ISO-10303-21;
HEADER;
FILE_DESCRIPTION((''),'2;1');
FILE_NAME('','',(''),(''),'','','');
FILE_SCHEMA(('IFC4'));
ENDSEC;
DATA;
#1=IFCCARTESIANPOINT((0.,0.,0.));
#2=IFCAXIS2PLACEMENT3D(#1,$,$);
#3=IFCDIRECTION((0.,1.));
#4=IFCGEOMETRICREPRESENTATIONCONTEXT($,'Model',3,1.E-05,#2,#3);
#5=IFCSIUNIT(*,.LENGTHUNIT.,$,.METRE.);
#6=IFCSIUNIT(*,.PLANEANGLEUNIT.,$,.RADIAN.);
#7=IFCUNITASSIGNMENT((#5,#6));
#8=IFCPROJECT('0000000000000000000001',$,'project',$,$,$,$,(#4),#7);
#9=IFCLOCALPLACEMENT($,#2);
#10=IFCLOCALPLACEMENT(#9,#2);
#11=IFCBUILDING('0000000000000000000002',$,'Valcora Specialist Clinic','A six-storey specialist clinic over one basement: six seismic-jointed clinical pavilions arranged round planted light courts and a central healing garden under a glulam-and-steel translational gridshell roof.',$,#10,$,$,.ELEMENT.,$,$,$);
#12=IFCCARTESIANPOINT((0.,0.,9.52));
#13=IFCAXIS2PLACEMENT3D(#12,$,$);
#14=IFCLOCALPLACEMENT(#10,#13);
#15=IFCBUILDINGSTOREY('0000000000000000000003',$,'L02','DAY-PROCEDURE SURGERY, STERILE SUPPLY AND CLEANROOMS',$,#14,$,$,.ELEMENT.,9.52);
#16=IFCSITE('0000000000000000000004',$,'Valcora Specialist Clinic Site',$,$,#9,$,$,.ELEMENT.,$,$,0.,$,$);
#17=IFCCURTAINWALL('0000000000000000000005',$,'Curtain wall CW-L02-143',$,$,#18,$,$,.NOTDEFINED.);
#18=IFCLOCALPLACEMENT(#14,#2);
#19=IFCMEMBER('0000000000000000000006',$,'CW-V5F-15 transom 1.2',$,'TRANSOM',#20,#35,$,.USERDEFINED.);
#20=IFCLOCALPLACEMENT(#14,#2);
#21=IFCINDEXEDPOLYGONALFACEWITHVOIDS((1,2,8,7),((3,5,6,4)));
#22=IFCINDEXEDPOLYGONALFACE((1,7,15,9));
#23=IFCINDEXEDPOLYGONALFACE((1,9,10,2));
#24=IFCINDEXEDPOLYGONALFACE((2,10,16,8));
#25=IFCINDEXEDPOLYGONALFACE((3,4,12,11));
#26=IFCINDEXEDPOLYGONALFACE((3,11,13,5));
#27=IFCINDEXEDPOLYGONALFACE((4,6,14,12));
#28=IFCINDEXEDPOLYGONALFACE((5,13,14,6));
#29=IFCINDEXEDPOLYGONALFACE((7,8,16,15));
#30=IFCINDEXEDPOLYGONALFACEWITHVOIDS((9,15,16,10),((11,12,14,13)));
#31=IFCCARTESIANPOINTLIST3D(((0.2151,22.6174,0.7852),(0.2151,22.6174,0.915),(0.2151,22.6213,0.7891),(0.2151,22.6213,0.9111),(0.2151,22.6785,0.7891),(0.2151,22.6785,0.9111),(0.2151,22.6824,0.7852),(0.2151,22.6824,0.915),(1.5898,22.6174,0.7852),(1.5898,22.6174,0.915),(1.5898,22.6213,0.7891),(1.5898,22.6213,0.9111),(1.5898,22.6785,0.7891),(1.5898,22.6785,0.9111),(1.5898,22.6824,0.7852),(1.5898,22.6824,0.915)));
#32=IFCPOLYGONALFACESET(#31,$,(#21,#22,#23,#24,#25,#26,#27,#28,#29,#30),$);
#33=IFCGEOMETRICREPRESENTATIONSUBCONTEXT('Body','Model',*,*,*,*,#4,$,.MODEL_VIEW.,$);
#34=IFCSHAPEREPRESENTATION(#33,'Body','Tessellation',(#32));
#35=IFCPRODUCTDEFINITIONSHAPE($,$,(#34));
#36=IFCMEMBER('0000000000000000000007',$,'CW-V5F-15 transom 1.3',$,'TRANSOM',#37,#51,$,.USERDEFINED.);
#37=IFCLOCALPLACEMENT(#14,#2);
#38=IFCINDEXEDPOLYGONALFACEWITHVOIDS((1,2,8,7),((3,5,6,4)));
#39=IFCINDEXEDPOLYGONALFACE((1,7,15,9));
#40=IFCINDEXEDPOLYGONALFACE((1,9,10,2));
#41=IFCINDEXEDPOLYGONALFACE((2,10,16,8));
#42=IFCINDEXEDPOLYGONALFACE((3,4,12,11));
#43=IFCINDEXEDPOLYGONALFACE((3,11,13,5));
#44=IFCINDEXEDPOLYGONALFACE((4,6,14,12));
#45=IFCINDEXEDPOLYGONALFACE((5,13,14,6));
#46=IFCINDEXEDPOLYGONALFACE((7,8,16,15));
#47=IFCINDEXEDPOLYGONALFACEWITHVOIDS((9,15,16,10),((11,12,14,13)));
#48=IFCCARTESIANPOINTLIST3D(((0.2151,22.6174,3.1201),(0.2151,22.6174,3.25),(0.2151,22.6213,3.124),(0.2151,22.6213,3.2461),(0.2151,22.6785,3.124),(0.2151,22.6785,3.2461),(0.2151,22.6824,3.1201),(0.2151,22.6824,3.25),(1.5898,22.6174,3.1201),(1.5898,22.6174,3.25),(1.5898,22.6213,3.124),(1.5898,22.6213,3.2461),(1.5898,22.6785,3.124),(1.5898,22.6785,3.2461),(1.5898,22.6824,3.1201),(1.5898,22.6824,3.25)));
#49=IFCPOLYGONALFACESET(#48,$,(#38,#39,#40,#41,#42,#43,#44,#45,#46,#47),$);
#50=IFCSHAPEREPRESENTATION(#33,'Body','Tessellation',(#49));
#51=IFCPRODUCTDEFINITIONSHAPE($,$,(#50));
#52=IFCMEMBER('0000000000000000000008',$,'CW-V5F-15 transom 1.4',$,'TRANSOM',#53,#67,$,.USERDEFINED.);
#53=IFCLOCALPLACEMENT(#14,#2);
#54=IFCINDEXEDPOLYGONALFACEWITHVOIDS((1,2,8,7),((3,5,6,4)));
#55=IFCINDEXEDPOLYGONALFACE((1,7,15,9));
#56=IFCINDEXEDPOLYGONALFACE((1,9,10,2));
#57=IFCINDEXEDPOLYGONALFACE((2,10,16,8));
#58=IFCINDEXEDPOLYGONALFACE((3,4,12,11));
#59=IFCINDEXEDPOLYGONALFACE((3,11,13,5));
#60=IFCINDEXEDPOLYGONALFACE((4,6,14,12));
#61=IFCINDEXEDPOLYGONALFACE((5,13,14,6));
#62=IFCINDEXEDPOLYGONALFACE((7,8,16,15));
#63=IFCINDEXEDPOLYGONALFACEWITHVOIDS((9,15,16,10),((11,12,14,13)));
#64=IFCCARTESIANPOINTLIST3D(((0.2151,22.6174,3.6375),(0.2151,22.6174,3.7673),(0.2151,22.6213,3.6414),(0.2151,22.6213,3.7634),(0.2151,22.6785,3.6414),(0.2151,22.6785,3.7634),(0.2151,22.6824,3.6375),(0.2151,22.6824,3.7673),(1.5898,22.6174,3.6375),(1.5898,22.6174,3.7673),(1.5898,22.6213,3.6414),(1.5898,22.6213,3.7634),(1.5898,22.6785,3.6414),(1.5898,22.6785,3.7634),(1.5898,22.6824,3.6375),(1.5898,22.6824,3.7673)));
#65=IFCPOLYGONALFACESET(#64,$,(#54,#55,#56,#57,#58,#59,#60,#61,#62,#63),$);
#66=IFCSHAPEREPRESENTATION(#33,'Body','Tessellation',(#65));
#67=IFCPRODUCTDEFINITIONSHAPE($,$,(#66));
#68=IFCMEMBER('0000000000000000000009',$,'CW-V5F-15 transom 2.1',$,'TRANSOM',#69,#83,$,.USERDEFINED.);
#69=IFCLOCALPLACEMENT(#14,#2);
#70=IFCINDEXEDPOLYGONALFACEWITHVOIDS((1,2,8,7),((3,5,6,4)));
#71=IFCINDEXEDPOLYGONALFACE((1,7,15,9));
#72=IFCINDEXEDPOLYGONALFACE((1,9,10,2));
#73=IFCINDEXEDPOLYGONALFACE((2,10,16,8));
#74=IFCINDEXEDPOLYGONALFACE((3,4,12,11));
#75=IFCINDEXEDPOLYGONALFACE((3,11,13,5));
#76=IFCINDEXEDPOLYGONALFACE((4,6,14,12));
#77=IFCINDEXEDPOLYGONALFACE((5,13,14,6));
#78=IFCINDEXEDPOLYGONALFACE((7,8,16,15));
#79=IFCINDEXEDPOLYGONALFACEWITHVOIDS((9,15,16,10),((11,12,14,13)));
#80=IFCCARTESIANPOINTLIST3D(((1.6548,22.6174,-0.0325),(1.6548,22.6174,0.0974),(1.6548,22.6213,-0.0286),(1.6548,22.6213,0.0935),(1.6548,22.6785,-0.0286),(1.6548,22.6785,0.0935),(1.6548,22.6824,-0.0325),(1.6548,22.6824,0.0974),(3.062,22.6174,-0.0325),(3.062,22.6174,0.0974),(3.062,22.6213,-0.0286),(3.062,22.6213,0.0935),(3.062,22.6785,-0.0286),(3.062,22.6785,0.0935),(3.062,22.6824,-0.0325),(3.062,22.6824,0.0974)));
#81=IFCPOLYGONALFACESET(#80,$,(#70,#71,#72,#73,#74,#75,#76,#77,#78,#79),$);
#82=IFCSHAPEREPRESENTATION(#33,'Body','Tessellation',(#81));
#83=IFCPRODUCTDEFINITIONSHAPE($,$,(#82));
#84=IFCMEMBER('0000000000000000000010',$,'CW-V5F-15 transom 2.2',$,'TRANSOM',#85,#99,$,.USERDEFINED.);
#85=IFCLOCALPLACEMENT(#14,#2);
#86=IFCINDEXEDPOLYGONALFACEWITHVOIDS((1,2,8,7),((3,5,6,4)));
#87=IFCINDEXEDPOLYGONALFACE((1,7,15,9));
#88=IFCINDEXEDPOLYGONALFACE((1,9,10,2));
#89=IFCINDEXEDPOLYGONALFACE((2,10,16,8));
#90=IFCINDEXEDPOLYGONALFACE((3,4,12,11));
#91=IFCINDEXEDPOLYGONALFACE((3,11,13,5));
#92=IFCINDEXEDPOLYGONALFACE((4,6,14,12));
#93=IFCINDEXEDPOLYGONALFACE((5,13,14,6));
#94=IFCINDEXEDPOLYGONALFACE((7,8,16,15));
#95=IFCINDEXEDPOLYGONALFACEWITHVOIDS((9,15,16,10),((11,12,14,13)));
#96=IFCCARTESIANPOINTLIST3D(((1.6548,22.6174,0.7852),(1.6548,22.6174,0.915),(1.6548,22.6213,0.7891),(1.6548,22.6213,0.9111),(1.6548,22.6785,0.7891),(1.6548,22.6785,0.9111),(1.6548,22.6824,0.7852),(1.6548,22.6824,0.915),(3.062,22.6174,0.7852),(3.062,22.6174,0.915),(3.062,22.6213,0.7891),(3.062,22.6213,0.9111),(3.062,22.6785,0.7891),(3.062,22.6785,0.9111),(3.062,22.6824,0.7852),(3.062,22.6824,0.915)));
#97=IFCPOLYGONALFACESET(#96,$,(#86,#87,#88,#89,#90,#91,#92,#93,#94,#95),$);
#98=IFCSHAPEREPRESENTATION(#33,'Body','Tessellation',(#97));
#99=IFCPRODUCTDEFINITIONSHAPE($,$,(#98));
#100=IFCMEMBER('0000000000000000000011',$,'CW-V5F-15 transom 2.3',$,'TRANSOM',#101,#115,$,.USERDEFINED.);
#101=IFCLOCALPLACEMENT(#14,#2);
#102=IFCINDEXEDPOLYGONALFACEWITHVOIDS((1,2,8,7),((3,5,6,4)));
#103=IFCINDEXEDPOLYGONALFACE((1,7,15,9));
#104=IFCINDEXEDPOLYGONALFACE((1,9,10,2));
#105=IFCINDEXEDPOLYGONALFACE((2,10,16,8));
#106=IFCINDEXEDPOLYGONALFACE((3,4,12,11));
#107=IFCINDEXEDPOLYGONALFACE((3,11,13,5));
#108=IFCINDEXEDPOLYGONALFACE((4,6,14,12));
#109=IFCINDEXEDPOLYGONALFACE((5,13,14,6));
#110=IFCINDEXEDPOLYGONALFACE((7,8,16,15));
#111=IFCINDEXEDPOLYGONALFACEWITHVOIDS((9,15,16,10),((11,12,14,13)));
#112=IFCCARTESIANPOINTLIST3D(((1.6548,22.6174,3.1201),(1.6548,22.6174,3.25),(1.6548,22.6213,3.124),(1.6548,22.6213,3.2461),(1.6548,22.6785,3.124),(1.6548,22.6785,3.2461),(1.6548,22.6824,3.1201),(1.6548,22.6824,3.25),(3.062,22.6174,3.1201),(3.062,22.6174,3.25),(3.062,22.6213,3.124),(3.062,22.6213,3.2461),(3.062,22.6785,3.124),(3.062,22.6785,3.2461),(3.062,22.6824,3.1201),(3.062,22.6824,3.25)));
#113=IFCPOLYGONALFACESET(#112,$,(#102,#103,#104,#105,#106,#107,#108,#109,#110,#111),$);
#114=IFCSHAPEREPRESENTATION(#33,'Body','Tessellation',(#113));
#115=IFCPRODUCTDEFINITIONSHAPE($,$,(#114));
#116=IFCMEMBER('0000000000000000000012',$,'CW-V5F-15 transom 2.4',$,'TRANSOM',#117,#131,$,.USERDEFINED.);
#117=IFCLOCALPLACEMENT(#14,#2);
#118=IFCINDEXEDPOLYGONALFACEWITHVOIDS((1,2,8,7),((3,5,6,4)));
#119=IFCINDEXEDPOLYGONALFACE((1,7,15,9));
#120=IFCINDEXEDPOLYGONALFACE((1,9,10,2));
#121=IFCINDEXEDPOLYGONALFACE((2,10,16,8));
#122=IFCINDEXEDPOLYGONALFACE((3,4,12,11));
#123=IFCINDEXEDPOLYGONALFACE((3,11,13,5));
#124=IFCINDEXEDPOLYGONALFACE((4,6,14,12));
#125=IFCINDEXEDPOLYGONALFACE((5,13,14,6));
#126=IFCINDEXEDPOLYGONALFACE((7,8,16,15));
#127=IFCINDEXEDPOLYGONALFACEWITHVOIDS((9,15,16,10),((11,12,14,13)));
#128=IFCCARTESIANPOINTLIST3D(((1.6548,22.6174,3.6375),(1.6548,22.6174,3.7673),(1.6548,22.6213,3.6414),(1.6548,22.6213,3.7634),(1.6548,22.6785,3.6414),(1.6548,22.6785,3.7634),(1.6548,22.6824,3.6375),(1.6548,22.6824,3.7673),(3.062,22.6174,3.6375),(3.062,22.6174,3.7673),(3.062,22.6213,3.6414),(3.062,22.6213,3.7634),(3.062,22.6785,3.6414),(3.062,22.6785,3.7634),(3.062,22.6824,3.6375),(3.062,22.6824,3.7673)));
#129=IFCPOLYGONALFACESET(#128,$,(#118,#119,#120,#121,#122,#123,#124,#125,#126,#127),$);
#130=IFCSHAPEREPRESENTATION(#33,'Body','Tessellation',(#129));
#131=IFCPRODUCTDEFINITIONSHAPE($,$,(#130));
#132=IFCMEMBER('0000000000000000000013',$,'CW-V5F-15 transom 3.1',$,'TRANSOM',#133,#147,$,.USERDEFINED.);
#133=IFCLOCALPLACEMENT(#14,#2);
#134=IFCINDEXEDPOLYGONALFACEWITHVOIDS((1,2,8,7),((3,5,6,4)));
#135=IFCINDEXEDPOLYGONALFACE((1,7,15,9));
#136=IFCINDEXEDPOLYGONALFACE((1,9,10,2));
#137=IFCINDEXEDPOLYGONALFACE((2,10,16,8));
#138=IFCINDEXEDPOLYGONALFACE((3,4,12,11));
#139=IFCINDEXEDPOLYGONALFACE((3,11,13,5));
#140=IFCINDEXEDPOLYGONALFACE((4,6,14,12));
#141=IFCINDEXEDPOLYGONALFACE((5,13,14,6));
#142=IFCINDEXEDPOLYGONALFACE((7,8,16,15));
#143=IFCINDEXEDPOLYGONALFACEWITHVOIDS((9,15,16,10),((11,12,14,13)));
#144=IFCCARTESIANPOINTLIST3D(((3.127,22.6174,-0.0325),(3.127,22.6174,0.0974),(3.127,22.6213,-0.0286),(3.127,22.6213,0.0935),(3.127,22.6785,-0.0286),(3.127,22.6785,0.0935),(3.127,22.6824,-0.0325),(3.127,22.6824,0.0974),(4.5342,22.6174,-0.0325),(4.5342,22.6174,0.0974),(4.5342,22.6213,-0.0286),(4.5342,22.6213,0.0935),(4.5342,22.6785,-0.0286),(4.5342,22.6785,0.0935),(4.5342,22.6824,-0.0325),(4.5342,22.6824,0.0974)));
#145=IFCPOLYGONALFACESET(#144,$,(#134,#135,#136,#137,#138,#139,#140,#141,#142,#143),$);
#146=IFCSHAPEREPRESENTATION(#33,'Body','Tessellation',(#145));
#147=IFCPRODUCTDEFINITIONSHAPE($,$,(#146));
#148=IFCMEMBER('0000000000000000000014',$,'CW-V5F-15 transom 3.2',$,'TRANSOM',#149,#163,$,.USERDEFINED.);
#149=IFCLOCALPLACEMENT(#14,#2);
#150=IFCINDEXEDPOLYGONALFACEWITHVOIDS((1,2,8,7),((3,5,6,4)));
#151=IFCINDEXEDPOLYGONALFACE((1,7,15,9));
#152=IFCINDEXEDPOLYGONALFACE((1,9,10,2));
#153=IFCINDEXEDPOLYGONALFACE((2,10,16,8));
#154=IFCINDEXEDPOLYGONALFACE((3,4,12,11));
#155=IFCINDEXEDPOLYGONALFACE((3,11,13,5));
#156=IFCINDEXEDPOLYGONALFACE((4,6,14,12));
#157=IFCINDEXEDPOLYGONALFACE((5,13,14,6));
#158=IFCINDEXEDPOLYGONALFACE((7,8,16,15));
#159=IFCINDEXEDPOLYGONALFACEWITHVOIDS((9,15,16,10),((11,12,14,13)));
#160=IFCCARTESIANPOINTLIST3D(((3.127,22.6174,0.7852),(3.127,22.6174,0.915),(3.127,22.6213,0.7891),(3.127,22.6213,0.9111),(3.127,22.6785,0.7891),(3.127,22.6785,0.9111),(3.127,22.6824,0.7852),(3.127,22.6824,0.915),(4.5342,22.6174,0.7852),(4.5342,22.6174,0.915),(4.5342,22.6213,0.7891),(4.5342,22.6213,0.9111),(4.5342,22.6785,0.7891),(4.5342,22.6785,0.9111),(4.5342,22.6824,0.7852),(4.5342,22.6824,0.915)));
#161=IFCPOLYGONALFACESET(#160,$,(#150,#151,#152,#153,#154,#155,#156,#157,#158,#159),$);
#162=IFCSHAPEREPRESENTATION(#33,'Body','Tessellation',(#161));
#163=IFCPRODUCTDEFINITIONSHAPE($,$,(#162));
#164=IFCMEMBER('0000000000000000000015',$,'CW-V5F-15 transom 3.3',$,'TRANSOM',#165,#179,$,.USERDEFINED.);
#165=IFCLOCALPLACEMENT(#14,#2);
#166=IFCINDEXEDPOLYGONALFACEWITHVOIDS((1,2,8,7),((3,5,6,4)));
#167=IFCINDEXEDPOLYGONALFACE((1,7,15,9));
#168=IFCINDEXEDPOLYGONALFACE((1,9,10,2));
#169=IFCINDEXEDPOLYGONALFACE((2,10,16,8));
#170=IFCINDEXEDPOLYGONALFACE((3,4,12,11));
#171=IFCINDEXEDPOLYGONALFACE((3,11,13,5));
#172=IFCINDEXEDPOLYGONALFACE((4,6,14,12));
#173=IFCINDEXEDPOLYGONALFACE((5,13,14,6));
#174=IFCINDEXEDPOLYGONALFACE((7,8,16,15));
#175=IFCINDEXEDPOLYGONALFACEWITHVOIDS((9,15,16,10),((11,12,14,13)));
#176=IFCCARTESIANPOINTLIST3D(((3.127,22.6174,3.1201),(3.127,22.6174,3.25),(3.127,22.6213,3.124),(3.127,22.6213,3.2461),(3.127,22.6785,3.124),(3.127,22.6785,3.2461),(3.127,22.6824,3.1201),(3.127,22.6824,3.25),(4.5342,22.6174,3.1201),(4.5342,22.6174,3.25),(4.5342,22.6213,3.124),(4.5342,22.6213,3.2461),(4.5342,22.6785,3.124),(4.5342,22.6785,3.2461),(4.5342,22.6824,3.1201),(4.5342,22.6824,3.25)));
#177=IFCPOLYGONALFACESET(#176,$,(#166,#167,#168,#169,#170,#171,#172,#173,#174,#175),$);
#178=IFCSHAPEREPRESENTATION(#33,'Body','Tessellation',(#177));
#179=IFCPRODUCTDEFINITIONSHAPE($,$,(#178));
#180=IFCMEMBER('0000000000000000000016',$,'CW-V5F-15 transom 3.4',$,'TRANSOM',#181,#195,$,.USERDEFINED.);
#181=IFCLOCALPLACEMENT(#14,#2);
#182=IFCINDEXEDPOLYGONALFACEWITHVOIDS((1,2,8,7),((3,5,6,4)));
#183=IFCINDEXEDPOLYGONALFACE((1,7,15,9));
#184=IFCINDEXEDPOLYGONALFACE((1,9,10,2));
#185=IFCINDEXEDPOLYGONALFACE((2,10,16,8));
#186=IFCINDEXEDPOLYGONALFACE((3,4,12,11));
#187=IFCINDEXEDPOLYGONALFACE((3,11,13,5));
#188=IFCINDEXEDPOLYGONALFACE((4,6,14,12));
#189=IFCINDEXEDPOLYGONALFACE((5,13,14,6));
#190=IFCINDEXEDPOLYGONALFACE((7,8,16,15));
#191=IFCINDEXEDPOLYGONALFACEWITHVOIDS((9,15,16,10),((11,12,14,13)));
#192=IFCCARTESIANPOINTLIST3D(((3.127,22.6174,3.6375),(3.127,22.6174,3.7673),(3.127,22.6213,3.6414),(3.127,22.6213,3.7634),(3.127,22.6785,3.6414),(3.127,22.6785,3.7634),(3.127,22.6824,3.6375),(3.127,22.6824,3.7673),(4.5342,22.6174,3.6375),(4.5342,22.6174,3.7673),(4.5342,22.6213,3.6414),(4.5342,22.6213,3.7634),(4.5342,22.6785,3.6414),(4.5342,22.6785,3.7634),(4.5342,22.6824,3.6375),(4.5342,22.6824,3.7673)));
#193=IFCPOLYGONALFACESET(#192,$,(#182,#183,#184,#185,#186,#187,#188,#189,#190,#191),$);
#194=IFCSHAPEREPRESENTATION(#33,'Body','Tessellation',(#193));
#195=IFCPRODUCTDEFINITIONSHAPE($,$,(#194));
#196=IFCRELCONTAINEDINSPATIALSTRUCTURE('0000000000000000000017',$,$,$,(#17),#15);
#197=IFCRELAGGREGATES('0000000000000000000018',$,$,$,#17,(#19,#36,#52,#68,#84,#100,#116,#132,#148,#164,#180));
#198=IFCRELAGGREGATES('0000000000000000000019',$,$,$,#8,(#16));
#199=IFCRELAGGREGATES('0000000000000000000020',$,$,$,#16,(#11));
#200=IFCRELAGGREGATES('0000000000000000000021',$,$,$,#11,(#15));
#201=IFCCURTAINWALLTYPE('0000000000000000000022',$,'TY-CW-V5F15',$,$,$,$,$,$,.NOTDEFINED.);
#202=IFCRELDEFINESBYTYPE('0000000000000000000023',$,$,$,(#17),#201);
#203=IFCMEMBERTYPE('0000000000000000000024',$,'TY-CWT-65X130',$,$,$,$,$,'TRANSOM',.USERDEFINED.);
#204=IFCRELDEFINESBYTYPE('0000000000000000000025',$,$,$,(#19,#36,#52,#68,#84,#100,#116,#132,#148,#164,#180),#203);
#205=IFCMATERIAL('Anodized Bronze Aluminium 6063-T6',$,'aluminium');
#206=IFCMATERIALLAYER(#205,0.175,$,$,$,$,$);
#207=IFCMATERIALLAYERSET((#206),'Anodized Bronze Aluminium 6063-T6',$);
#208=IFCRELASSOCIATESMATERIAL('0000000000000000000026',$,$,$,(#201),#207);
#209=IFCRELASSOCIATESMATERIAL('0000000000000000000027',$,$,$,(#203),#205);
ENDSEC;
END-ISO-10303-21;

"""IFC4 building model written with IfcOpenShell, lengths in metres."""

from ifc_helpers import new_model, si_unit, direction, frame, origin, origin_2d, place, context, subcontext, project, spatial, hollow_rectangle, extrude, material, layer, layer_set, material_profile, profile_set, type_object, element, aggregate, save


model = new_model("IFC4")

# Units and contexts
model_context = context("Model", 3, precision=1e-05, world=origin(), true_north=direction((0.0, 1.0)))
body_context = subcontext(model_context, "Body", "Model", "MODEL_VIEW")
ifc_project = project(units=[si_unit("LENGTHUNIT", "METRE"), si_unit("PLANEANGLEUNIT", "RADIAN")], contexts=[model_context])

# Site, building, storey
site_placement = place(None, origin())
site = spatial("IfcSite", under=ifc_project, at=site_placement, Name="Valcora Specialist Clinic Site", CompositionType="ELEMENT", RefElevation=0.0)
building_placement = place(site_placement, origin())
building = spatial("IfcBuilding", under=site, at=building_placement, Name="Valcora Specialist Clinic", Description="A six-storey specialist clinic over one basement: six seismic-jointed clinical pavilions arranged round planted light courts and a central healing garden under a glulam-and-steel translational gridshell roof.", CompositionType="ELEMENT")
storey_placement = place(building_placement, frame((0.0, 0.0, 9.52)))
storey = spatial("IfcBuildingStorey", under=building, at=storey_placement, Name="L02", Description="DAY-PROCEDURE SURGERY, STERILE SUPPLY AND CLEANROOMS", CompositionType="ELEMENT", Elevation=9.52)

# Shared definitions
ifc_material_1 = material(Name="Anodized Bronze Aluminium 6063-T6", Category="aluminium")
ifc_layer_1 = layer(ifc_material_1, 0.175)
ifc_layer_set_1 = layer_set([ifc_layer_1], Name="Anodized Bronze Aluminium 6063-T6")
curtain_wall_type = type_object("IfcCurtainWallType", Name="TY-CW-V5F15", PredefinedType="NOTDEFINED", material=ifc_layer_set_1)

# Curtain wall, members
curtain_wall_1_placement = place(storey_placement, origin())
curtain_wall_1 = element("IfcCurtainWall", 1, at=curtain_wall_1_placement, inside=storey, type_object=curtain_wall_type, Name="Curtain wall CW-L02-143", PredefinedType="NOTDEFINED")
ifc_material_profile_1 = material_profile(ifc_material_1, hollow_rectangle(XDim=0.0649, YDim=0.1299, WallThickness=0.0039, at=origin_2d()), Name="AL-TRN-65X130")
ifc_profile_set_1 = profile_set([ifc_material_profile_1], Name="Anodized Bronze Aluminium 6063-T6")
member_type_1 = type_object("IfcMemberType", Name="TY-CWT-65X130", ElementType="TRANSOM", PredefinedType="USERDEFINED", material=ifc_profile_set_1)
member_1_placement = place(storey_placement, frame((0.2151, 22.6499, 0.8501), z_axis=(1.0, 0.0, 0.0), x_axis=(0.0, 1.0, 0.0)))
member_1 = element("IfcMember", 2, at=member_1_placement, type_object=member_type_1, Name="CW-V5F-15 transom 1.2", ObjectType="TRANSOM", PredefinedType="USERDEFINED", context=body_context, shape_type="SweptSolid", body=[
    extrude(hollow_rectangle(XDim=0.0649, YDim=0.1299, WallThickness=0.0039, at=origin_2d()), origin(), (0.0, 0.0, 1.0), 1.3748),
])
member_2_placement = place(storey_placement, frame((0.2151, 22.6499, 3.1851), z_axis=(1.0, 0.0, 0.0), x_axis=(0.0, 1.0, 0.0)))
member_2 = element("IfcMember", 3, at=member_2_placement, type_object=member_type_1, Name="CW-V5F-15 transom 1.3", ObjectType="TRANSOM", PredefinedType="USERDEFINED", context=body_context, shape_type="SweptSolid", body=[
    extrude(hollow_rectangle(XDim=0.0649, YDim=0.1299, WallThickness=0.0039, at=origin_2d()), origin(), (0.0, 0.0, 1.0), 1.3748),
])
member_3_placement = place(storey_placement, frame((0.2151, 22.6499, 3.7024), z_axis=(1.0, 0.0, 0.0), x_axis=(0.0, 1.0, 0.0)))
member_3 = element("IfcMember", 4, at=member_3_placement, type_object=member_type_1, Name="CW-V5F-15 transom 1.4", ObjectType="TRANSOM", PredefinedType="USERDEFINED", context=body_context, shape_type="SweptSolid", body=[
    extrude(hollow_rectangle(XDim=0.0649, YDim=0.1299, WallThickness=0.0039, at=origin_2d()), origin(), (0.0, 0.0, 1.0), 1.3748),
])
member_4_placement = place(storey_placement, frame((1.6548, 22.6499, 0.0325), z_axis=(1.0, 0.0, 0.0), x_axis=(0.0, 1.0, 0.0)))
member_4 = element("IfcMember", 5, at=member_4_placement, type_object=member_type_1, Name="CW-V5F-15 transom 2.1", ObjectType="TRANSOM", PredefinedType="USERDEFINED", context=body_context, shape_type="SweptSolid", body=[
    extrude(hollow_rectangle(XDim=0.0649, YDim=0.1299, WallThickness=0.0039, at=origin_2d()), origin(), (0.0, 0.0, 1.0), 1.4072),
])
member_5_placement = place(storey_placement, frame((1.6548, 22.6499, 0.8501), z_axis=(1.0, 0.0, 0.0), x_axis=(0.0, 1.0, 0.0)))
member_5 = element("IfcMember", 6, at=member_5_placement, type_object=member_type_1, Name="CW-V5F-15 transom 2.2", ObjectType="TRANSOM", PredefinedType="USERDEFINED", context=body_context, shape_type="SweptSolid", body=[
    extrude(hollow_rectangle(XDim=0.0649, YDim=0.1299, WallThickness=0.0039, at=origin_2d()), origin(), (0.0, 0.0, 1.0), 1.4072),
])
member_6_placement = place(storey_placement, frame((1.6548, 22.6499, 3.1851), z_axis=(1.0, 0.0, 0.0), x_axis=(0.0, 1.0, 0.0)))
member_6 = element("IfcMember", 7, at=member_6_placement, type_object=member_type_1, Name="CW-V5F-15 transom 2.3", ObjectType="TRANSOM", PredefinedType="USERDEFINED", context=body_context, shape_type="SweptSolid", body=[
    extrude(hollow_rectangle(XDim=0.0649, YDim=0.1299, WallThickness=0.0039, at=origin_2d()), origin(), (0.0, 0.0, 1.0), 1.4072),
])
member_7_placement = place(storey_placement, frame((1.6548, 22.6499, 3.7024), z_axis=(1.0, 0.0, 0.0), x_axis=(0.0, 1.0, 0.0)))
member_7 = element("IfcMember", 8, at=member_7_placement, type_object=member_type_1, Name="CW-V5F-15 transom 2.4", ObjectType="TRANSOM", PredefinedType="USERDEFINED", context=body_context, shape_type="SweptSolid", body=[
    extrude(hollow_rectangle(XDim=0.0649, YDim=0.1299, WallThickness=0.0039, at=origin_2d()), origin(), (0.0, 0.0, 1.0), 1.4072),
])
member_8_placement = place(storey_placement, frame((3.127, 22.6499, 0.0325), z_axis=(1.0, 0.0, 0.0), x_axis=(0.0, 1.0, 0.0)))
member_8 = element("IfcMember", 9, at=member_8_placement, type_object=member_type_1, Name="CW-V5F-15 transom 3.1", ObjectType="TRANSOM", PredefinedType="USERDEFINED", context=body_context, shape_type="SweptSolid", body=[
    extrude(hollow_rectangle(XDim=0.0649, YDim=0.1299, WallThickness=0.0039, at=origin_2d()), origin(), (0.0, 0.0, 1.0), 1.4072),
])
member_9_placement = place(storey_placement, frame((3.127, 22.6499, 0.8501), z_axis=(1.0, 0.0, 0.0), x_axis=(0.0, 1.0, 0.0)))
member_9 = element("IfcMember", 10, at=member_9_placement, type_object=member_type_1, Name="CW-V5F-15 transom 3.2", ObjectType="TRANSOM", PredefinedType="USERDEFINED", context=body_context, shape_type="SweptSolid", body=[
    extrude(hollow_rectangle(XDim=0.0649, YDim=0.1299, WallThickness=0.0039, at=origin_2d()), origin(), (0.0, 0.0, 1.0), 1.4072),
])
member_10_placement = place(storey_placement, frame((3.127, 22.6499, 3.1851), z_axis=(1.0, 0.0, 0.0), x_axis=(0.0, 1.0, 0.0)))
member_10 = element("IfcMember", 11, at=member_10_placement, type_object=member_type_1, Name="CW-V5F-15 transom 3.3", ObjectType="TRANSOM", PredefinedType="USERDEFINED", context=body_context, shape_type="SweptSolid", body=[
    extrude(hollow_rectangle(XDim=0.0649, YDim=0.1299, WallThickness=0.0039, at=origin_2d()), origin(), (0.0, 0.0, 1.0), 1.4072),
])
member_11_placement = place(storey_placement, frame((3.127, 22.6499, 3.7024), z_axis=(1.0, 0.0, 0.0), x_axis=(0.0, 1.0, 0.0)))
member_11 = element("IfcMember", 12, at=member_11_placement, type_object=member_type_1, Name="CW-V5F-15 transom 3.4", ObjectType="TRANSOM", PredefinedType="USERDEFINED", context=body_context, shape_type="SweptSolid", body=[
    extrude(hollow_rectangle(XDim=0.0649, YDim=0.1299, WallThickness=0.0039, at=origin_2d()), origin(), (0.0, 0.0, 1.0), 1.4072),
])

aggregate(curtain_wall_1, [member_1, member_2, member_3, member_4, member_5, member_6, member_7, member_8, member_9, member_10, member_11])

save(model, "model.ifc")
